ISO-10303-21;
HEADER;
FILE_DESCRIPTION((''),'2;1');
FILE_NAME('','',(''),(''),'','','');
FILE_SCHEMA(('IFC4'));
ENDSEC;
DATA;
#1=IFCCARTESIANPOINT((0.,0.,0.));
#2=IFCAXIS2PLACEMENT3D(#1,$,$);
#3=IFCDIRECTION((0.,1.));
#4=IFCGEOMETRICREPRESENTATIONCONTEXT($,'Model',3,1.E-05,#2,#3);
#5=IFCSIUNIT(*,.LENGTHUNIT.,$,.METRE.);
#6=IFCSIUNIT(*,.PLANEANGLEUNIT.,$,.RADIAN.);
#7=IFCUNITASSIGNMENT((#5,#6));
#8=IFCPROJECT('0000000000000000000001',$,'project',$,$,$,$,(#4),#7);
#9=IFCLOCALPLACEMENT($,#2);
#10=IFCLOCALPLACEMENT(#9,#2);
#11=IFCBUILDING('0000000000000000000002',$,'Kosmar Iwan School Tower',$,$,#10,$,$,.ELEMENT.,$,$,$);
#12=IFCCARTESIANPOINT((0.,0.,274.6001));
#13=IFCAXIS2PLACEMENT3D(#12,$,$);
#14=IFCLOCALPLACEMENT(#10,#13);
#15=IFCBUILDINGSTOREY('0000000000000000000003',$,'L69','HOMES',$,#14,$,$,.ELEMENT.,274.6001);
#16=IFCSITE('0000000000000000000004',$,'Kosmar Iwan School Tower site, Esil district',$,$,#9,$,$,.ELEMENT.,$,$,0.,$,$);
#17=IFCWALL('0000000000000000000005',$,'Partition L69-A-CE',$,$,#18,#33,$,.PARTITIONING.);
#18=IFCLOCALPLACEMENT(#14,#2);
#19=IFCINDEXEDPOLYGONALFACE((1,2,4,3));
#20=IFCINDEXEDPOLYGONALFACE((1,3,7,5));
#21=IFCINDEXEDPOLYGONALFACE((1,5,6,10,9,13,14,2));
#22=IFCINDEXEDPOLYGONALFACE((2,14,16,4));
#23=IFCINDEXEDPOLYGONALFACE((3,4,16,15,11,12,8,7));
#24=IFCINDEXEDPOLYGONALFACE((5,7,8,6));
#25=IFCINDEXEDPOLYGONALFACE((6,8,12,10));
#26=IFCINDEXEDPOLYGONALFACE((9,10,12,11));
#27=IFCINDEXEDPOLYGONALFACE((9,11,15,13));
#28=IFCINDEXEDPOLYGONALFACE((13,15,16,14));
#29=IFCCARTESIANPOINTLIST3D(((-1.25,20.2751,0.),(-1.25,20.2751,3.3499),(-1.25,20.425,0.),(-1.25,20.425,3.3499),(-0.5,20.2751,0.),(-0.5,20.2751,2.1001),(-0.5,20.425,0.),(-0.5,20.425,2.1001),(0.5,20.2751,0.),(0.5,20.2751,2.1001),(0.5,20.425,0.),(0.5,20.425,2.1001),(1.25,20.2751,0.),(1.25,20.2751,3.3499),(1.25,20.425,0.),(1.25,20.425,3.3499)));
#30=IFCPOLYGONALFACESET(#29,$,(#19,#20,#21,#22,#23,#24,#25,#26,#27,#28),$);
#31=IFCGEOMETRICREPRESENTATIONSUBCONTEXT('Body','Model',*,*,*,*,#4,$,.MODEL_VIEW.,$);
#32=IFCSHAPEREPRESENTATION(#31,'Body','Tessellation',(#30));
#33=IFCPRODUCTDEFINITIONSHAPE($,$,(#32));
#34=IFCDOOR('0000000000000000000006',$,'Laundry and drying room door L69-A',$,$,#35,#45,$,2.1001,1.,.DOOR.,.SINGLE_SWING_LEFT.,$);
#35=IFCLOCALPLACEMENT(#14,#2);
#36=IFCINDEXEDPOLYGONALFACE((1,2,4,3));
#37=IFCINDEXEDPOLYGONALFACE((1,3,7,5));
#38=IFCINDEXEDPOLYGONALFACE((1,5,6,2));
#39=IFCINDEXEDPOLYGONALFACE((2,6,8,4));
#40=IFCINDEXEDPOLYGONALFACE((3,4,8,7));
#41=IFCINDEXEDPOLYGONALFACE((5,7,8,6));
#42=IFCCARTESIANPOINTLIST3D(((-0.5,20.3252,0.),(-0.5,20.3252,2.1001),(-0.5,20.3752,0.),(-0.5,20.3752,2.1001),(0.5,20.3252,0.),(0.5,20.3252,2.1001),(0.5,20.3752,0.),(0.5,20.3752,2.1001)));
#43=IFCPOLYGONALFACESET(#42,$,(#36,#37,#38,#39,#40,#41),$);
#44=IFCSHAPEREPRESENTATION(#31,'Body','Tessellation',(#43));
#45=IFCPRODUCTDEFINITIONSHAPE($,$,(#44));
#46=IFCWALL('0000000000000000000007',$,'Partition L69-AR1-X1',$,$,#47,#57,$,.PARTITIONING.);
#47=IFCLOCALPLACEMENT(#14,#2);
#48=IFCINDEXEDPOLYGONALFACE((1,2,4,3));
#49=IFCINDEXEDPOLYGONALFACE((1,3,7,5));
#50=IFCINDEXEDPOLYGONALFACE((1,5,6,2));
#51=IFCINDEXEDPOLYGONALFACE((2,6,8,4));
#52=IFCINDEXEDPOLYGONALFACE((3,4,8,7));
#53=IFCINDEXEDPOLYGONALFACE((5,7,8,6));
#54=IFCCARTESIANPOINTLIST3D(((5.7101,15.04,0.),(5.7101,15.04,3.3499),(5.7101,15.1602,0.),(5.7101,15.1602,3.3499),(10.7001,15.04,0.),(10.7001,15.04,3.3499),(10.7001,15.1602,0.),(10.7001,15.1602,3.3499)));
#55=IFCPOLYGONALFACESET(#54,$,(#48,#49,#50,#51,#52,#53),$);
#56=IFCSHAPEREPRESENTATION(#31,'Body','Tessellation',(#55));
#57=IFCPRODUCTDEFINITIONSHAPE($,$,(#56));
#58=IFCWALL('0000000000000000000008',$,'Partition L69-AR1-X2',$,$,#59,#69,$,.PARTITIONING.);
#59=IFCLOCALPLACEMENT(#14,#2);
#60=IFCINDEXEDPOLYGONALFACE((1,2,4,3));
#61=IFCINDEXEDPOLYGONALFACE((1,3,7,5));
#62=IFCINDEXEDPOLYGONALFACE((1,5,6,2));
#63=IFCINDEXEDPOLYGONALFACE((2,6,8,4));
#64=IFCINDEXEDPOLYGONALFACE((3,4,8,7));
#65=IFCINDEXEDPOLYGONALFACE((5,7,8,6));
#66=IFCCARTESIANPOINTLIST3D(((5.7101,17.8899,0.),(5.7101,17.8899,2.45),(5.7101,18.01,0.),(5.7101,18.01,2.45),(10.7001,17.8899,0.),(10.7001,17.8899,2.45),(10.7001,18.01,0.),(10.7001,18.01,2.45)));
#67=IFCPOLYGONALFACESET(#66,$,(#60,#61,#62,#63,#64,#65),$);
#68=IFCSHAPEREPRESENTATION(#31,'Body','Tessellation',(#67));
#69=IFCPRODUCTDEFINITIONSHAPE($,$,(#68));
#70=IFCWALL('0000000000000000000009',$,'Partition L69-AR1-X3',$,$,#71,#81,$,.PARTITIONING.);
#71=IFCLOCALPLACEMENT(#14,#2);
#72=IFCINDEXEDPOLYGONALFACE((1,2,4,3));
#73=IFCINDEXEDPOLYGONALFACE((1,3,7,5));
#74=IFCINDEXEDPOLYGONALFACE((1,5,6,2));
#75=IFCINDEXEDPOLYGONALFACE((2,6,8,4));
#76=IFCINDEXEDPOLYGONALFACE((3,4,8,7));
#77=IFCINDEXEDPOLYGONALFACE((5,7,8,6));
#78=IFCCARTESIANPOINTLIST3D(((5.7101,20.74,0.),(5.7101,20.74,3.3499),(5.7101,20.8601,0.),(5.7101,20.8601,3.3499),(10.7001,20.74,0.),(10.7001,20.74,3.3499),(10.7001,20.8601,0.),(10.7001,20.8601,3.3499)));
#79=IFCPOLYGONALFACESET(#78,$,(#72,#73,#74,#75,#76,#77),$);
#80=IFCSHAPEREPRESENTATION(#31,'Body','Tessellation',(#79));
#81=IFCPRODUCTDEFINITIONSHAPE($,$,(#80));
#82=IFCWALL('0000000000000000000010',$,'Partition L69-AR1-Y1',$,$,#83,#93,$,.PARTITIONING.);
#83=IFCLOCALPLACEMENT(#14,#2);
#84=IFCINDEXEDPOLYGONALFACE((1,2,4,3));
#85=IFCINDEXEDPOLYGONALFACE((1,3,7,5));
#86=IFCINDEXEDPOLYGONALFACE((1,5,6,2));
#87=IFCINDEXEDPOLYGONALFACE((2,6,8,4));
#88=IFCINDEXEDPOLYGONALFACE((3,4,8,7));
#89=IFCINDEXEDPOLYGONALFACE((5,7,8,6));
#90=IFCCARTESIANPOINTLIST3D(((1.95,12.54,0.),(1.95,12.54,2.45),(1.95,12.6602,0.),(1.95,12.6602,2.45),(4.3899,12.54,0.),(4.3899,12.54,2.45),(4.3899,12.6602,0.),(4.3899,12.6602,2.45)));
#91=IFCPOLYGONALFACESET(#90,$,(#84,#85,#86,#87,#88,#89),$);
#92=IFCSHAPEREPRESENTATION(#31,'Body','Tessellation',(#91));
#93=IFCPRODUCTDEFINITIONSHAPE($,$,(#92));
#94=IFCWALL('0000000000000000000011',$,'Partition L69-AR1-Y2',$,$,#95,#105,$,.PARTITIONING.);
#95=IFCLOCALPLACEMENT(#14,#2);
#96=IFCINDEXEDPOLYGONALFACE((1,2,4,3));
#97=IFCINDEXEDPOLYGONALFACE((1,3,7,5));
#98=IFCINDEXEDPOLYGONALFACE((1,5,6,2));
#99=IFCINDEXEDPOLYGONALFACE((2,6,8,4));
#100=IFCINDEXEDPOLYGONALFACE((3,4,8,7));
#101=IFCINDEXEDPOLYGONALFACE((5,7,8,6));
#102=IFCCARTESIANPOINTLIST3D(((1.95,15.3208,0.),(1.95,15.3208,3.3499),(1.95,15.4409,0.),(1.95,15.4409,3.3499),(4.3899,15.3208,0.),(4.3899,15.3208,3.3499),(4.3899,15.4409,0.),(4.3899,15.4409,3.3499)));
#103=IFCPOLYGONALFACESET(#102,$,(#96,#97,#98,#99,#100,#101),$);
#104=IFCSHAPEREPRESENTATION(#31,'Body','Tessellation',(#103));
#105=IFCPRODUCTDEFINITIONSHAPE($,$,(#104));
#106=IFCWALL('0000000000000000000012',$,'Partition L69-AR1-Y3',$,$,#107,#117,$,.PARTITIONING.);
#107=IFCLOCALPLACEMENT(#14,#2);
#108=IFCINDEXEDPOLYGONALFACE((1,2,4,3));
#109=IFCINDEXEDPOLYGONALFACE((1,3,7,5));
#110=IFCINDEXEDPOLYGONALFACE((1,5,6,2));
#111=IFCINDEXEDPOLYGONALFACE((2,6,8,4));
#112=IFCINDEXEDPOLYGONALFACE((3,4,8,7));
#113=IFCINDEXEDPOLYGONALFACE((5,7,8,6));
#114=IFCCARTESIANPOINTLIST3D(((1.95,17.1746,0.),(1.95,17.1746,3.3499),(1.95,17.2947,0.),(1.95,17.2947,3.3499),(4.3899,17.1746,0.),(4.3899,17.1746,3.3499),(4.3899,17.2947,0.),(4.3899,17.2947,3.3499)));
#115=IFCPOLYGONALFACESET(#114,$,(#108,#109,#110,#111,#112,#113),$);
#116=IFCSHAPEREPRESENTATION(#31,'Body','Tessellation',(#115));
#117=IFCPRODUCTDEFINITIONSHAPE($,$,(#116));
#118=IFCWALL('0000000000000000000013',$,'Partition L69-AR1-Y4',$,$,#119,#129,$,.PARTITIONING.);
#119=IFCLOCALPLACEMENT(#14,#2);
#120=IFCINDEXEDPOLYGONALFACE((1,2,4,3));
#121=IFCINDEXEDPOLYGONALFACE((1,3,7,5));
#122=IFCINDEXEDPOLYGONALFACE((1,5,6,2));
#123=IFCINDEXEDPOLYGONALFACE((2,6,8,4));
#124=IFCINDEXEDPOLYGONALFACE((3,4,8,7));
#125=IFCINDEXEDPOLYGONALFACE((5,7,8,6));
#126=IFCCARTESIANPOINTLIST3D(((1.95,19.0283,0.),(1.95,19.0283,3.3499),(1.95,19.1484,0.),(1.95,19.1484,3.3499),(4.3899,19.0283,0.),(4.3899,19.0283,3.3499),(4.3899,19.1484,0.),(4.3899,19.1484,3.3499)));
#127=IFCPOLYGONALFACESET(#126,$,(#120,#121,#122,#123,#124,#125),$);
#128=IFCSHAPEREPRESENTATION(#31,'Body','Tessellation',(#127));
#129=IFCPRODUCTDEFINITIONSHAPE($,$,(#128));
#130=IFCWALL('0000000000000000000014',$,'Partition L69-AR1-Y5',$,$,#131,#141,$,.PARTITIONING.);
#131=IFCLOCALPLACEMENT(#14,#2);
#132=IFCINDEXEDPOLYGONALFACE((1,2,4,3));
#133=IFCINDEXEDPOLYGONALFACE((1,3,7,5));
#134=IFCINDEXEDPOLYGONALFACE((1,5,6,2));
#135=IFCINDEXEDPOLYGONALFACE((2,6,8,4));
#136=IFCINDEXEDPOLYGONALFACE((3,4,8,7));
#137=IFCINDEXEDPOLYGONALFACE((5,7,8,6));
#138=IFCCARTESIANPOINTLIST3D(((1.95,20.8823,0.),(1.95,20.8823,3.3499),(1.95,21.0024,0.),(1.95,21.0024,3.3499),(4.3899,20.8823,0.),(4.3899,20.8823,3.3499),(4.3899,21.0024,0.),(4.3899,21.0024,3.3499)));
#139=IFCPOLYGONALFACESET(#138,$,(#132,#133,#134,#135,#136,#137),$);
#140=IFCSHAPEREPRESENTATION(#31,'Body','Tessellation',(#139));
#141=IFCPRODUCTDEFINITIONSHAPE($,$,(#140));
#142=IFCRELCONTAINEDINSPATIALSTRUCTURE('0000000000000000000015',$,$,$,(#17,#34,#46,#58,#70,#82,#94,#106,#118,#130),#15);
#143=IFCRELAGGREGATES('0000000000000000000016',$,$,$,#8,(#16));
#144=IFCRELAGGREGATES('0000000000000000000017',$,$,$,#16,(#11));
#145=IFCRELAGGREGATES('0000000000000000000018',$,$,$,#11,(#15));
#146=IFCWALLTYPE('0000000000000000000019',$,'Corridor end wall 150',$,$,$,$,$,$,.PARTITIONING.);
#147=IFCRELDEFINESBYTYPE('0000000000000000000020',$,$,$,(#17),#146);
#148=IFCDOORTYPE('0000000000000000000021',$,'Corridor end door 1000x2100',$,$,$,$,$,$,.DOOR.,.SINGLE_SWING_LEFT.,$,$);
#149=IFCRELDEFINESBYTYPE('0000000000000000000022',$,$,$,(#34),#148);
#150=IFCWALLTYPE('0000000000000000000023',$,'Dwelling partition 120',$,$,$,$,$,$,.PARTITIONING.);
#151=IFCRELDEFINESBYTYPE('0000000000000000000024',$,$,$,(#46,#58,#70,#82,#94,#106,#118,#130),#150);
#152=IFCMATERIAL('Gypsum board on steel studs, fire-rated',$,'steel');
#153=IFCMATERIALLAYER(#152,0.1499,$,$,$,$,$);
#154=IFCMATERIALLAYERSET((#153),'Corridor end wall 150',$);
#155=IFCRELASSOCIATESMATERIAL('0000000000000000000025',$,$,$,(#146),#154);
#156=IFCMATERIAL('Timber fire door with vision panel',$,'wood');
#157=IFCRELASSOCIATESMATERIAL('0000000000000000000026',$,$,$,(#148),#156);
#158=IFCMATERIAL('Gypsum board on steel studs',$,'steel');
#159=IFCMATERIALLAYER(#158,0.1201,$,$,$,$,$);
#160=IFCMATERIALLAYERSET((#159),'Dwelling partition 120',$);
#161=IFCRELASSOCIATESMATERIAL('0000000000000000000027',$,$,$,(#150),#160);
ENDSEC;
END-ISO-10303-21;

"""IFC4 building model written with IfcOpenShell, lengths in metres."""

from ifc_helpers import new_model, si_unit, direction, frame, frame_2d, origin, place, context, subcontext, project, spatial, rectangle, extrude, material, layer, layer_set, type_object, element, fill, save


model = new_model("IFC4")

# Units and contexts
model_context = context("Model", 3, precision=1e-05, world=origin(), true_north=direction((0.0, 1.0)))
body_context = subcontext(model_context, "Body", "Model", "MODEL_VIEW")
ifc_project = project(units=[si_unit("LENGTHUNIT", "METRE"), si_unit("PLANEANGLEUNIT", "RADIAN")], contexts=[model_context])

# Site, building, storey
site_placement = place(None, origin())
site = spatial("IfcSite", under=ifc_project, at=site_placement, Name="Kosmar Iwan School Tower site, Esil district", CompositionType="ELEMENT", RefElevation=0.0)
building_placement = place(site_placement, origin())
building = spatial("IfcBuilding", under=site, at=building_placement, Name="Kosmar Iwan School Tower", CompositionType="ELEMENT")
storey_placement = place(building_placement, frame((0.0, 0.0, 274.6001)))
storey = spatial("IfcBuildingStorey", under=building, at=storey_placement, Name="L69", Description="HOMES", CompositionType="ELEMENT", Elevation=274.6001)

# Wall, opening, door
ifc_material_1 = material(Name="Gypsum board on steel studs, fire-rated", Category="steel")
ifc_layer_1 = layer(ifc_material_1, 0.1499)
ifc_layer_set_1 = layer_set([ifc_layer_1], Name="Corridor end wall 150")
wall_type_1 = type_object("IfcWallType", Name="Corridor end wall 150", PredefinedType="PARTITIONING", material=ifc_layer_set_1)
wall_1_placement = place(storey_placement, frame((1.25, 20.3501, 0.0), z_axis=(0.0, 0.0, 1.0), x_axis=(-1.0, 0.0, 0.0)))
wall_1 = element("IfcWall", 1, at=wall_1_placement, inside=storey, type_object=wall_type_1, Name="Partition L69-A-CE", PredefinedType="PARTITIONING", context=body_context, shape_type="SweptSolid", body=[
    extrude(rectangle(XDim=2.5, YDim=0.1499, at=frame_2d((1.25, 0.0))), origin(), (0.0, 0.0, 1.0), 3.3499),
])
opening_placement = place(wall_1_placement, frame((0.75, 0.0, 0.0)))
opening = element("IfcOpeningElement", 2, at=opening_placement, cuts=wall_1, PredefinedType="OPENING", context=body_context, shape_type="SweptSolid", body=[
    extrude(rectangle(XDim=1.0, YDim=2.1001, at=frame_2d((0.5, 1.05))), frame((0.0, 0.0869, 0.0), z_axis=(0.0, -1.0, 0.0), x_axis=(1.0, 0.0, 0.0)), (0.0, 0.0, 1.0), 0.1738),
])
ifc_material_2 = material(Name="Timber fire door with vision panel", Category="wood")
door_type = type_object("IfcDoorType", Name="Corridor end door 1000x2100", OperationType="SINGLE_SWING_LEFT", PredefinedType="DOOR", material=ifc_material_2)
door_placement = place(opening_placement, origin())
door = element("IfcDoor", 3, at=door_placement, inside=storey, type_object=door_type, Name="Laundry and drying room door L69-A", OperationType="SINGLE_SWING_LEFT", OverallHeight=2.1001, OverallWidth=1.0, PredefinedType="DOOR", context=body_context, shape_type="SweptSolid", body=[
    extrude(rectangle(XDim=1.0, YDim=2.1001, at=frame_2d((0.5, 1.05))), frame((0.0, 0.0249, 0.0), z_axis=(0.0, -1.0, 0.0), x_axis=(1.0, 0.0, 0.0)), (0.0, 0.0, 1.0), 0.05),
])
fill(opening, door)

# Walls
ifc_material_3 = material(Name="Gypsum board on steel studs", Category="steel")
ifc_layer_2 = layer(ifc_material_3, 0.1201)
ifc_layer_set_2 = layer_set([ifc_layer_2], Name="Dwelling partition 120")
wall_type_2 = type_object("IfcWallType", Name="Dwelling partition 120", PredefinedType="PARTITIONING", material=ifc_layer_set_2)
wall_2_placement = place(storey_placement, frame((5.71, 15.1001, 0.0), z_axis=(0.0, 0.0, 1.0), x_axis=(1.0, 0.0, 0.0)))
element("IfcWall", 4, at=wall_2_placement, inside=storey, type_object=wall_type_2, Name="Partition L69-AR1-X1", PredefinedType="PARTITIONING", context=body_context, shape_type="SweptSolid", body=[
    extrude(rectangle(XDim=4.99, YDim=0.1201, at=frame_2d((2.4951, 0.0))), origin(), (0.0, 0.0, 1.0), 3.3499),
])
wall_3_placement = place(storey_placement, frame((5.71, 17.95, 0.0), z_axis=(0.0, 0.0, 1.0), x_axis=(1.0, 0.0, 0.0)))
element("IfcWall", 5, at=wall_3_placement, inside=storey, type_object=wall_type_2, Name="Partition L69-AR1-X2", PredefinedType="PARTITIONING", context=body_context, shape_type="SweptSolid", body=[
    extrude(rectangle(XDim=4.99, YDim=0.1201, at=frame_2d((2.4951, 0.0))), origin(), (0.0, 0.0, 1.0), 2.45),
])
wall_4_placement = place(storey_placement, frame((5.71, 20.8, 0.0), z_axis=(0.0, 0.0, 1.0), x_axis=(1.0, 0.0, 0.0)))
element("IfcWall", 6, at=wall_4_placement, inside=storey, type_object=wall_type_2, Name="Partition L69-AR1-X3", PredefinedType="PARTITIONING", context=body_context, shape_type="SweptSolid", body=[
    extrude(rectangle(XDim=4.99, YDim=0.1201, at=frame_2d((2.4951, 0.0))), origin(), (0.0, 0.0, 1.0), 3.3499),
])
wall_5_placement = place(storey_placement, frame((1.95, 12.6001, 0.0), z_axis=(0.0, 0.0, 1.0), x_axis=(1.0, 0.0, 0.0)))
element("IfcWall", 7, at=wall_5_placement, inside=storey, type_object=wall_type_2, Name="Partition L69-AR1-Y1", PredefinedType="PARTITIONING", context=body_context, shape_type="SweptSolid", body=[
    extrude(rectangle(XDim=2.4399, YDim=0.1201, at=frame_2d((1.22, 0.0))), origin(), (0.0, 0.0, 1.0), 2.45),
])
for number, where, z_axis, x_axis, name in (
    (8, (1.95, 15.3809, 0.0), (0.0, 0.0, 1.0), (1.0, 0.0, 0.0), "Partition L69-AR1-Y2"),
    (9, (1.95, 17.2346, 0.0), (0.0, 0.0, 1.0), (1.0, 0.0, 0.0), "Partition L69-AR1-Y3"),
    (10, (1.95, 19.0884, 0.0), (0.0, 0.0, 1.0), (1.0, 0.0, 0.0), "Partition L69-AR1-Y4"),
    (11, (1.95, 20.9424, 0.0), (0.0, 0.0, 1.0), (1.0, 0.0, 0.0), "Partition L69-AR1-Y5"),
):
    element("IfcWall", number, at=place(storey_placement, frame(where, z_axis=z_axis, x_axis=x_axis)), inside=storey, type_object=wall_type_2, Name=name, PredefinedType="PARTITIONING", context=body_context, shape_type="SweptSolid", body=[
        extrude(rectangle(XDim=2.4399, YDim=0.1201, at=frame_2d((1.22, 0.0))), origin(), (0.0, 0.0, 1.0), 3.3499),
    ])

save(model, "model.ifc")
